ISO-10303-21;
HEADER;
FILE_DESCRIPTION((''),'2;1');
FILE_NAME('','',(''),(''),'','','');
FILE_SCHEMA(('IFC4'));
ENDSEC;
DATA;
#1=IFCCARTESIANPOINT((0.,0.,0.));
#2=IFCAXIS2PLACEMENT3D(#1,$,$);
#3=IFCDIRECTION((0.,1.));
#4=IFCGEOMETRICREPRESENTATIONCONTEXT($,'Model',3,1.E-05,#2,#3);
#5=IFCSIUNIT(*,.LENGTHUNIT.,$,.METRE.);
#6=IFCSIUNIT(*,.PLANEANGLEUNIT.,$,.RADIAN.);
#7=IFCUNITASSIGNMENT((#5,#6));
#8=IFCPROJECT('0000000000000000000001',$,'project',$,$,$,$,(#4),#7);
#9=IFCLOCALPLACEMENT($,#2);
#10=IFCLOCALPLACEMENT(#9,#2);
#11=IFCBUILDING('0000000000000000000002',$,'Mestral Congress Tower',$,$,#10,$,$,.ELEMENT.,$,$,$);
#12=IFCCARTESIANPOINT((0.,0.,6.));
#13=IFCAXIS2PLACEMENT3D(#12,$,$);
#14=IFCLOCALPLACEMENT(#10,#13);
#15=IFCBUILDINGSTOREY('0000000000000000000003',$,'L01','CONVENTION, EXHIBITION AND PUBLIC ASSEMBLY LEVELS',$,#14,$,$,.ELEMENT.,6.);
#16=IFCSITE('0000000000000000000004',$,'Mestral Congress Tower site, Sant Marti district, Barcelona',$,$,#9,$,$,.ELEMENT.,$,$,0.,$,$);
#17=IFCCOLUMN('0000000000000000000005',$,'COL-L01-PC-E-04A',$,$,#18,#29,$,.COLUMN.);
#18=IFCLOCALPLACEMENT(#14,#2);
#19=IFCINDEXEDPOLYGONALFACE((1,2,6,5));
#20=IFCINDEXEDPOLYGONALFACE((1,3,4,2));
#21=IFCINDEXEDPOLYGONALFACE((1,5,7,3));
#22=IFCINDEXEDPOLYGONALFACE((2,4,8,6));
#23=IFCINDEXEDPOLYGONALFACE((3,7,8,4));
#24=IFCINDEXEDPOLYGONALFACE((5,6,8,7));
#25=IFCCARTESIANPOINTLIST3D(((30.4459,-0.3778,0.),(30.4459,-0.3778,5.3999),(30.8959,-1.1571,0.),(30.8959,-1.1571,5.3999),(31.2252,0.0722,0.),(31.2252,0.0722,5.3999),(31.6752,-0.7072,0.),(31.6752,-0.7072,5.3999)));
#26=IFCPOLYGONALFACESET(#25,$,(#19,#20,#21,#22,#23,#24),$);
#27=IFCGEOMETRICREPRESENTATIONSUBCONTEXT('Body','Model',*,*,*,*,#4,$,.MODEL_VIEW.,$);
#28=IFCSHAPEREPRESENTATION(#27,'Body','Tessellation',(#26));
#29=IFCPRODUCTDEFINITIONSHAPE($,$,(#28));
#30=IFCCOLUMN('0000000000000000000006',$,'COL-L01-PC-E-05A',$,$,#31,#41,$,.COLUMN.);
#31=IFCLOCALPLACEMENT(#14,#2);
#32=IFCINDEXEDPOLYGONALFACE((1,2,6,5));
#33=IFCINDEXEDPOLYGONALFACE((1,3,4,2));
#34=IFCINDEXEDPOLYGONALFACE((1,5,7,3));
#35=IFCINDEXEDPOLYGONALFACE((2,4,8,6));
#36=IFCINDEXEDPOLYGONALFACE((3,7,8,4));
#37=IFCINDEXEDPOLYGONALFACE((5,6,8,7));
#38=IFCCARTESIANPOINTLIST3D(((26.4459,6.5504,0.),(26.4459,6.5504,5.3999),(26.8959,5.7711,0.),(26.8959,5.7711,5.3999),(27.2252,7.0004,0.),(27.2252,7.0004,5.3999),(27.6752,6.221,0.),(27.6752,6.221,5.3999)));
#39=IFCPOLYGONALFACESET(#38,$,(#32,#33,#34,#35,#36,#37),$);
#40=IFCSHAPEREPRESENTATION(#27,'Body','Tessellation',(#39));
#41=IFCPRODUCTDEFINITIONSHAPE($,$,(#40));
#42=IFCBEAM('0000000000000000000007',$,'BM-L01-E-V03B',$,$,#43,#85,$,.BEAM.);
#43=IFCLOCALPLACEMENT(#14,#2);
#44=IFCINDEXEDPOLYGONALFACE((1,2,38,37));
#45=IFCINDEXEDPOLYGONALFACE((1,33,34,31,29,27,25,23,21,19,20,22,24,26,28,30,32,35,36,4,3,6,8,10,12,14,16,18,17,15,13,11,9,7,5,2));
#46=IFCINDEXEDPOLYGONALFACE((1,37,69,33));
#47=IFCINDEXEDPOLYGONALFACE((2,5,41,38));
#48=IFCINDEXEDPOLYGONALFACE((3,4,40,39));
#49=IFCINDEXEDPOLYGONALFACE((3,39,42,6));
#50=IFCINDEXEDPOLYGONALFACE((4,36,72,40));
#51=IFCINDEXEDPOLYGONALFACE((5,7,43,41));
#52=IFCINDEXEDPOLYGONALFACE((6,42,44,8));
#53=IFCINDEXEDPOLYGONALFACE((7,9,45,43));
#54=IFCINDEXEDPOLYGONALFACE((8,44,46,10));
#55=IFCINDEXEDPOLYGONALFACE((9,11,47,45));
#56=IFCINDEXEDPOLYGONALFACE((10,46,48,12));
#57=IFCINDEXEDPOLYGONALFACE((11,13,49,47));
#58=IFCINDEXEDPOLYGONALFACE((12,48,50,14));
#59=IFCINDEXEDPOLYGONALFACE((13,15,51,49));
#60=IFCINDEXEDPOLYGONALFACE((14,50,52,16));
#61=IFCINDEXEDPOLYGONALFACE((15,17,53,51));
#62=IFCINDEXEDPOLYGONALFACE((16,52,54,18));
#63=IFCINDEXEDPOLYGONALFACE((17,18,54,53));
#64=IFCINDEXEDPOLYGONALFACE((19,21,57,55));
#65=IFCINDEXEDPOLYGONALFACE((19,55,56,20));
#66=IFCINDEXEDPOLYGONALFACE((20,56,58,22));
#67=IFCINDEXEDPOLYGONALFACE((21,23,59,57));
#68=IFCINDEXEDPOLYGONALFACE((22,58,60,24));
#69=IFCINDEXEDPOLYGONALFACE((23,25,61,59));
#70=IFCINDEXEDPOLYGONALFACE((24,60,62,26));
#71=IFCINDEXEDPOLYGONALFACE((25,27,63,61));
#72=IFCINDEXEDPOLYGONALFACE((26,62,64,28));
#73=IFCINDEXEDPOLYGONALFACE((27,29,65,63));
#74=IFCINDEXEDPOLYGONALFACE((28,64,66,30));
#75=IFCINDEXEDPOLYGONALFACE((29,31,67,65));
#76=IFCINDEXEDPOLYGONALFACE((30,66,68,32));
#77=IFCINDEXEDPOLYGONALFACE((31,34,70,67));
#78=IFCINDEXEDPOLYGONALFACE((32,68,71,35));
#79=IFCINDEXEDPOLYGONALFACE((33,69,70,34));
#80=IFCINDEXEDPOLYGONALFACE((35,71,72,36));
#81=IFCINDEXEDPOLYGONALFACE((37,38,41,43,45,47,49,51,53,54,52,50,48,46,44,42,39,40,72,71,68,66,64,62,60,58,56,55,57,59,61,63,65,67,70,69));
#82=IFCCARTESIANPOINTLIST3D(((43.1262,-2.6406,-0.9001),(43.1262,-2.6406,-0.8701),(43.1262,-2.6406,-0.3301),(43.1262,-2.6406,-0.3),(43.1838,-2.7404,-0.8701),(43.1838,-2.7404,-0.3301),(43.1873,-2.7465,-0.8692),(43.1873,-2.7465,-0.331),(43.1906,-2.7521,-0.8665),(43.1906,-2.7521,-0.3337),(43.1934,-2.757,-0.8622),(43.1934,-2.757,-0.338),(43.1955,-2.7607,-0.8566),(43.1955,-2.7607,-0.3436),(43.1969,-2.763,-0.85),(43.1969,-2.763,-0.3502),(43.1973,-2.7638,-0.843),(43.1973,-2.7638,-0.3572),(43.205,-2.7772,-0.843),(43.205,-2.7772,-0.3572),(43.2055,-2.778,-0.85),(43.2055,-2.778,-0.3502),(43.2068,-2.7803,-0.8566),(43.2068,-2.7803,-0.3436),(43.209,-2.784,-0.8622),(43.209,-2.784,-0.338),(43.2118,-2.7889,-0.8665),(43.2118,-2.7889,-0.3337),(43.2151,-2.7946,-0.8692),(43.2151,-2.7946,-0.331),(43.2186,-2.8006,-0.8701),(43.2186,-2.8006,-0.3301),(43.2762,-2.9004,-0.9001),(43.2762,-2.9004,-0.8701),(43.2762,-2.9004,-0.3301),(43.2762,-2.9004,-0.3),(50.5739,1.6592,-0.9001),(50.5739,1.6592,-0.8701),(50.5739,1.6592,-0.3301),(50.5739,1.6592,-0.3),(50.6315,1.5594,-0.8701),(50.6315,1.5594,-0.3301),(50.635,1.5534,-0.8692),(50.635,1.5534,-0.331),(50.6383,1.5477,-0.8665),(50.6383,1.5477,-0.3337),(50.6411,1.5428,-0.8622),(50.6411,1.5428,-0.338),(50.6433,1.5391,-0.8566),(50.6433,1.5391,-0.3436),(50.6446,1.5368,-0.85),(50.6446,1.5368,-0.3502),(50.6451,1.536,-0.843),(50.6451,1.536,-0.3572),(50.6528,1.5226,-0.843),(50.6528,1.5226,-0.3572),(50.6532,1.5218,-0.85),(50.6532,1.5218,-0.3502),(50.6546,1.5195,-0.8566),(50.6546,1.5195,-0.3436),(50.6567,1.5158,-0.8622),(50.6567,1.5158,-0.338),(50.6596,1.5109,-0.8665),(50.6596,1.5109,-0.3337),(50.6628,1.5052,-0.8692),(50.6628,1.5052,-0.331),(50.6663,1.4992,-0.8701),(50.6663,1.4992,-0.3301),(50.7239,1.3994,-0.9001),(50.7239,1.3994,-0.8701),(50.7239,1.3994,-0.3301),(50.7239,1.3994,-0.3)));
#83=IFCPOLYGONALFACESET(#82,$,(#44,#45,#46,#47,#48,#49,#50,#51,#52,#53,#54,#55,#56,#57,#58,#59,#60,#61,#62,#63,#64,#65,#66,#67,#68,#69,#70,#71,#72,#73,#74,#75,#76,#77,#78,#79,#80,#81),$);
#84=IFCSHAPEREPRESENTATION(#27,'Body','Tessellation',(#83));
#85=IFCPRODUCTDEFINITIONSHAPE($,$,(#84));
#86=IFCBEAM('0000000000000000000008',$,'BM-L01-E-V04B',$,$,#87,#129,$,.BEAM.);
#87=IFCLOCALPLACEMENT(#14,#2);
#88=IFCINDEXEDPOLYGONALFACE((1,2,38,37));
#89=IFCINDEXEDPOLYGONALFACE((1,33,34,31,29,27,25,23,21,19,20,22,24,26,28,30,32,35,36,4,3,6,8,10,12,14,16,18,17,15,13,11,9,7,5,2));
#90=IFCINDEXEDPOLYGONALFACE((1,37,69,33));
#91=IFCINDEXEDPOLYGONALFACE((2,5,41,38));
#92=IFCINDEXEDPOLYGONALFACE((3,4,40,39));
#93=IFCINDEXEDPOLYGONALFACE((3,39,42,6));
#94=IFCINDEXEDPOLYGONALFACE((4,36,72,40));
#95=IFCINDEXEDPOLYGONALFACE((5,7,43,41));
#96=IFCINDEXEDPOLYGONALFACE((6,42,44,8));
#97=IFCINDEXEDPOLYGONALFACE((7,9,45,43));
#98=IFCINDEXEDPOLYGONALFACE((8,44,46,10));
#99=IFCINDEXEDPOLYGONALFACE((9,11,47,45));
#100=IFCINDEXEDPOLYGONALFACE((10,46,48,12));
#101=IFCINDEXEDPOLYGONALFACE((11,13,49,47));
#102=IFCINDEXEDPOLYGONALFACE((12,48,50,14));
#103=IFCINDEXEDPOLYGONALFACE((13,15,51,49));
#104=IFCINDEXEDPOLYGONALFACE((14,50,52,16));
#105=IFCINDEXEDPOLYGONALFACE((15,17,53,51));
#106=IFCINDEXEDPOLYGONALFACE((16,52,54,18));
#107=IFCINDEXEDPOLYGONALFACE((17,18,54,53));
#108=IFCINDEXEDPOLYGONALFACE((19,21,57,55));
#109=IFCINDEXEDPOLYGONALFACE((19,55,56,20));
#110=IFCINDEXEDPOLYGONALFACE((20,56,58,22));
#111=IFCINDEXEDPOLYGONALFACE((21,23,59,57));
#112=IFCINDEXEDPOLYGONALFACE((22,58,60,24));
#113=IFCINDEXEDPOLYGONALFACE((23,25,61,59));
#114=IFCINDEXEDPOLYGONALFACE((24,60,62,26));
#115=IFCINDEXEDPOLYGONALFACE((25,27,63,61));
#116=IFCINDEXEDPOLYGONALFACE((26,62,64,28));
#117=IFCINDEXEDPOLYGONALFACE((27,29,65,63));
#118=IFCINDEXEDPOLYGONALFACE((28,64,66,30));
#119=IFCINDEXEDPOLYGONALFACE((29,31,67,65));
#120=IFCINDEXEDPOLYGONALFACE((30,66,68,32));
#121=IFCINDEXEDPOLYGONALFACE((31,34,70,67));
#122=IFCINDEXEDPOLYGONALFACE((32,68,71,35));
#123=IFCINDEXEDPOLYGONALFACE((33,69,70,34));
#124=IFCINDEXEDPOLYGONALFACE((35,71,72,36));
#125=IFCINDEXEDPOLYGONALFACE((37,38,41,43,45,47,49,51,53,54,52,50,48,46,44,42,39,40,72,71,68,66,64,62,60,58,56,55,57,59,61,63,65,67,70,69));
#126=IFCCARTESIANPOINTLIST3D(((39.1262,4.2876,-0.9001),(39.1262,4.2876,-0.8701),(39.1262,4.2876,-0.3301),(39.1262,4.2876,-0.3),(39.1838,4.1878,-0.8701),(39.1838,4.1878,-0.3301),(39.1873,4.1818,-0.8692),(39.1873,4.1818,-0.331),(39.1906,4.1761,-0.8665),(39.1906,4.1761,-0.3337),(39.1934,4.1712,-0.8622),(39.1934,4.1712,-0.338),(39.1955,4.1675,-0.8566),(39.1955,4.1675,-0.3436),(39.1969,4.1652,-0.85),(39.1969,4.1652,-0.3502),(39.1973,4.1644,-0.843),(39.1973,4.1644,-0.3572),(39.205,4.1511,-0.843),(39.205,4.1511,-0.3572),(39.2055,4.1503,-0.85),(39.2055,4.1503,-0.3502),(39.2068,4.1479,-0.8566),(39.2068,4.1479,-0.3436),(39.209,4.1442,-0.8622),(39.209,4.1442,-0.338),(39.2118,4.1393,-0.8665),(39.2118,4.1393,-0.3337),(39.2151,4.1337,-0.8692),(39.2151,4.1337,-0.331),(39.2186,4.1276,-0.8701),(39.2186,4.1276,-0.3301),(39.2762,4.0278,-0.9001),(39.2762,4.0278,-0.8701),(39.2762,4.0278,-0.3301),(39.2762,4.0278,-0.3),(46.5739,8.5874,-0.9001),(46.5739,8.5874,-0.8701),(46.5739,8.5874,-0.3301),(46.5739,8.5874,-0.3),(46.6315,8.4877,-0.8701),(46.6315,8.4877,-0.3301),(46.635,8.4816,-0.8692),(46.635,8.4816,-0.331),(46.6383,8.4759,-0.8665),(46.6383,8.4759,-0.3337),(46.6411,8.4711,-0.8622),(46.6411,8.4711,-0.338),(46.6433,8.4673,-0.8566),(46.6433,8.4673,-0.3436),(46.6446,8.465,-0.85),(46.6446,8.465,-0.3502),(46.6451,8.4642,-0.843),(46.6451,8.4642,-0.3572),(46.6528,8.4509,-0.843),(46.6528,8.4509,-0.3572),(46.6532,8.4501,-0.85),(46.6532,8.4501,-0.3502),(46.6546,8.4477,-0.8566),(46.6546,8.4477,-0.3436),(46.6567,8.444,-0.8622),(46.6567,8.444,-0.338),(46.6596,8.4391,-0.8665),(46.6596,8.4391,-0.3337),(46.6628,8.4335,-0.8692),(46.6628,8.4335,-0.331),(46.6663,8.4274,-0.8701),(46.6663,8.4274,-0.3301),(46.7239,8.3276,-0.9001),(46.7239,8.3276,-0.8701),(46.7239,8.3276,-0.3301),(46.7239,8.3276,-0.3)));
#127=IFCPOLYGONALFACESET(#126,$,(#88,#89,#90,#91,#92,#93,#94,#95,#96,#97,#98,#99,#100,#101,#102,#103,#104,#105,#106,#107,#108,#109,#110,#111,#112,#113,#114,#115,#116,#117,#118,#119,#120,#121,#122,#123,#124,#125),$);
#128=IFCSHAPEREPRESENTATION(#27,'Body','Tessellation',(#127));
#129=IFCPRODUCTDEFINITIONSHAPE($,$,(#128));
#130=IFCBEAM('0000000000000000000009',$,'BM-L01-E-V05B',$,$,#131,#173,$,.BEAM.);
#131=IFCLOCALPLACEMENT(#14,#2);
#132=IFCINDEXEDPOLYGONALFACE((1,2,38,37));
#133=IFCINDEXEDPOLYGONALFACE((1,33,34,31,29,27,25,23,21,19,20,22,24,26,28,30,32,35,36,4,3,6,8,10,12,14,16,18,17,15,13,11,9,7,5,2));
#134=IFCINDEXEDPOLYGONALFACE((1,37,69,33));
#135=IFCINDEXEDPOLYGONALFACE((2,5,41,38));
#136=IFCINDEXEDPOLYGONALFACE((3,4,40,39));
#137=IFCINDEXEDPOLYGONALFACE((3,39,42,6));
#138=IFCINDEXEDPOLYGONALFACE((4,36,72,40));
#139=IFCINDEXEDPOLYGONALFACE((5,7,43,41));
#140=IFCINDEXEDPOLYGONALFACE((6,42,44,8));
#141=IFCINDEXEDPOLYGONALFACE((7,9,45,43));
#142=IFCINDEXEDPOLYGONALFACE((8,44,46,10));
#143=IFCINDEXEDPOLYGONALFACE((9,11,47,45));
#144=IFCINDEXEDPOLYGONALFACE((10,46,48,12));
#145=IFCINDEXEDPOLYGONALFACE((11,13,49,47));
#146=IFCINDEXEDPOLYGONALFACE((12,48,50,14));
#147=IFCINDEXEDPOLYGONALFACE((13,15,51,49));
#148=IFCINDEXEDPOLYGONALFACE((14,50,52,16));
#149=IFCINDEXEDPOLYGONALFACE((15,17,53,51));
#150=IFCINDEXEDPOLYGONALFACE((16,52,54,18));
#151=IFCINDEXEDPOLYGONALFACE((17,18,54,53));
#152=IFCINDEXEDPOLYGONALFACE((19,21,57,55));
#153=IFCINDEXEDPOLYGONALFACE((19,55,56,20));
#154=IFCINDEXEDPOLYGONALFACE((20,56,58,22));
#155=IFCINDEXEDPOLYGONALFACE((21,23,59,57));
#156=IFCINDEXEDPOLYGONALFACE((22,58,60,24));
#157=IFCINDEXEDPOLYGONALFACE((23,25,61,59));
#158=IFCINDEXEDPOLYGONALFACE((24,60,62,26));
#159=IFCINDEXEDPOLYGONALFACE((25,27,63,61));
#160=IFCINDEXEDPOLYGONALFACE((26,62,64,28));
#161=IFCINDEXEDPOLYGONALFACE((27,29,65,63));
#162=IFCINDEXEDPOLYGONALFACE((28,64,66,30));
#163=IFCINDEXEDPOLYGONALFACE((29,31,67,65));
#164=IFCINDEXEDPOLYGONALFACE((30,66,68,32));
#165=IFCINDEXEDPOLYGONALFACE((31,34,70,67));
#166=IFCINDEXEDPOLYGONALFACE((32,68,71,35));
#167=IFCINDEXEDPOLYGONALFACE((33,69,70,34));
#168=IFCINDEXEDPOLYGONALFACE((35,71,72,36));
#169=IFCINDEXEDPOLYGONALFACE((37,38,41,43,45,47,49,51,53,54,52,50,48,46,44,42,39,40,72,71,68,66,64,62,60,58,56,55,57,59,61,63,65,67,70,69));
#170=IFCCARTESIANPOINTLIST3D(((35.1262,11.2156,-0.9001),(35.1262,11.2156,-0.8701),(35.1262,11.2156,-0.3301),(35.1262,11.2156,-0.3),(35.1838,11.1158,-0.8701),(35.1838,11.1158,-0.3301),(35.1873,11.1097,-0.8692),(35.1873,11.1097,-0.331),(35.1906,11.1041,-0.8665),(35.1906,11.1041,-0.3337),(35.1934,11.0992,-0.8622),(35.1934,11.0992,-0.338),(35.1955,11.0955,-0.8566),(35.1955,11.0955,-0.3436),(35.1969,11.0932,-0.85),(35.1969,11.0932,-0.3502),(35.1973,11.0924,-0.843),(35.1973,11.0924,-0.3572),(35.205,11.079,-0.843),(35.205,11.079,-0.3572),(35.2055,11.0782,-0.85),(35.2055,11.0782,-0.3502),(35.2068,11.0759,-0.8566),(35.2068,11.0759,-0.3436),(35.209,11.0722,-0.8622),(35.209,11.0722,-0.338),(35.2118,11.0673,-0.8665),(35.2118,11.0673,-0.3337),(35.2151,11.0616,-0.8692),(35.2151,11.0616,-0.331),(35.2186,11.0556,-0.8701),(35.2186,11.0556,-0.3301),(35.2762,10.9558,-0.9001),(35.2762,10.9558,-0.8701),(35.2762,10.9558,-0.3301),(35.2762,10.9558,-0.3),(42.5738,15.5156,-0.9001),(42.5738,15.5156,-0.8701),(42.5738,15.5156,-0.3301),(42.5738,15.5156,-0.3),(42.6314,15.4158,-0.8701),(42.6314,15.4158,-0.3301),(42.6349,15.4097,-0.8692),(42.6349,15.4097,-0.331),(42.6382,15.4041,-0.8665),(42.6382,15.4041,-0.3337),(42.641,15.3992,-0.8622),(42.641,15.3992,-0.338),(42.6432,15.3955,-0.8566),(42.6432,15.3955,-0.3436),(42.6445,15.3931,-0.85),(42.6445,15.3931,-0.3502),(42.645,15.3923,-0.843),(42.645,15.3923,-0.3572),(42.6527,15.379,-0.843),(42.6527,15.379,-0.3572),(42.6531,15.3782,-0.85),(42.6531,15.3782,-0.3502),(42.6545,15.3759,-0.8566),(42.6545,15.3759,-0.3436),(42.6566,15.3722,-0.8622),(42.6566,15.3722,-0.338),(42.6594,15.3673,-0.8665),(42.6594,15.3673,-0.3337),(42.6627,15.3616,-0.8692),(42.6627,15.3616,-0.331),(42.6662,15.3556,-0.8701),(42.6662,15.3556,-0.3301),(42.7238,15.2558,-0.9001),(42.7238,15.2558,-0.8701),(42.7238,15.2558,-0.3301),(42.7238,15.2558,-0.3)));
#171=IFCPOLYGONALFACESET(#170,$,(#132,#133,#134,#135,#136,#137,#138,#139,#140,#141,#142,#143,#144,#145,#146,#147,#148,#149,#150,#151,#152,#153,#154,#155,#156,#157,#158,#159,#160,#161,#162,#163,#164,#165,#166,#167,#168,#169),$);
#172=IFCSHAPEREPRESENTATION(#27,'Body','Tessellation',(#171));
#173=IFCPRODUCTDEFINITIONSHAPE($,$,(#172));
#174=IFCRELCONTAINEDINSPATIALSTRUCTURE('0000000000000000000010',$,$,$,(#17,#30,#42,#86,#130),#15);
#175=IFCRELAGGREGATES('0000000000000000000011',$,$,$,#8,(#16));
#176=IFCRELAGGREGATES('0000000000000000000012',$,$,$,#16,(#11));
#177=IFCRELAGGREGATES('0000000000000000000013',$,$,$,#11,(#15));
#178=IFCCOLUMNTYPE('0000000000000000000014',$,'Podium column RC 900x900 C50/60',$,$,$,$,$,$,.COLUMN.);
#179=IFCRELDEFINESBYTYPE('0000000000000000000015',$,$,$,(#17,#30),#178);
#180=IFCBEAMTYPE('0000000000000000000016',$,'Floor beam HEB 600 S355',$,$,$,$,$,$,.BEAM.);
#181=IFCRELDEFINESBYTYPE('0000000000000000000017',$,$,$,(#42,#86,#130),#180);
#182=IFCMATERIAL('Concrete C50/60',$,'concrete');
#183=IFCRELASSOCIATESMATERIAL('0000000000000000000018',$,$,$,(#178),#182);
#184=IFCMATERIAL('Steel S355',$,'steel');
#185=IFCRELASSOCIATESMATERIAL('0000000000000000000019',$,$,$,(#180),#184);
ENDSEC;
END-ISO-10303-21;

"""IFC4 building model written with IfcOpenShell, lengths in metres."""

from ifc_helpers import new_model, si_unit, direction, frame, origin, origin_2d, place, context, subcontext, project, spatial, rectangle, i_section, extrude, material, material_profile, profile_set, type_object, element, save


model = new_model("IFC4")

# Units and contexts
model_context = context("Model", 3, precision=1e-05, world=origin(), true_north=direction((0.0, 1.0)))
body_context = subcontext(model_context, "Body", "Model", "MODEL_VIEW")
ifc_project = project(units=[si_unit("LENGTHUNIT", "METRE"), si_unit("PLANEANGLEUNIT", "RADIAN")], contexts=[model_context])

# Site, building, storey
site_placement = place(None, origin())
site = spatial("IfcSite", under=ifc_project, at=site_placement, Name="Mestral Congress Tower site, Sant Marti district, Barcelona", CompositionType="ELEMENT", RefElevation=0.0)
building_placement = place(site_placement, origin())
building = spatial("IfcBuilding", under=site, at=building_placement, Name="Mestral Congress Tower", CompositionType="ELEMENT")
storey_placement = place(building_placement, frame((0.0, 0.0, 6.0)))
storey = spatial("IfcBuildingStorey", under=building, at=storey_placement, Name="L01", Description="CONVENTION, EXHIBITION AND PUBLIC ASSEMBLY LEVELS", CompositionType="ELEMENT", Elevation=6.0)

# Columns
ifc_material_1 = material(Name="Concrete C50/60", Category="concrete")
ifc_material_profile_1 = material_profile(ifc_material_1, rectangle(XDim=0.8999, YDim=0.8999, at=origin_2d()), Name="RC 900x900")
ifc_profile_set_1 = profile_set([ifc_material_profile_1], Name="Concrete C50/60")
column_type = type_object("IfcColumnType", Name="Podium column RC 900x900 C50/60", PredefinedType="COLUMN", material=ifc_profile_set_1)
for number, where, z_axis, x_axis, name in (
    (1, (31.0605, -0.5425, 0.0), (0.0, 0.0, 1.0), (-0.5, 0.866025, 0.0), "COL-L01-PC-E-04A"),
    (2, (27.0605, 6.3857, 0.0), (0.0, 0.0, 1.0), (-0.5, 0.866025, 0.0), "COL-L01-PC-E-05A"),
):
    element("IfcColumn", number, at=place(storey_placement, frame(where, z_axis=z_axis, x_axis=x_axis)), inside=storey, type_object=column_type, Name=name, PredefinedType="COLUMN", context=body_context, shape_type="SweptSolid", body=[
        extrude(rectangle(XDim=0.8999, YDim=0.8999, at=origin_2d()), origin(), (0.0, 0.0, 1.0), 5.3999),
    ])

# Beams
ifc_material_2 = material(Name="Steel S355", Category="steel")
ifc_material_profile_2 = material_profile(ifc_material_2, i_section(OverallWidth=0.3, OverallDepth=0.6001, WebThickness=0.0154, FlangeThickness=0.03, FilletRadius=0.0271, at=origin_2d()), Name="HEB 600")
ifc_profile_set_2 = profile_set([ifc_material_profile_2], Name="Steel S355")
beam_type_1 = type_object("IfcBeamType", Name="Floor beam HEB 600 S355", PredefinedType="BEAM", material=ifc_profile_set_2)
for number, where, z_axis, x_axis, name in (
    (3, (43.2012, -2.7705, -0.6001), (0.866033, 0.499986, 0.0), (-0.499986, 0.866033, 0.0), "BM-L01-E-V03B"),
    (4, (39.2012, 4.1577, -0.6001), (0.866033, 0.499986, 0.0), (-0.499986, 0.866033, 0.0), "BM-L01-E-V04B"),
    (5, (35.2012, 11.0857, -0.6001), (0.866021, 0.500008, 0.0), (-0.500008, 0.866021, 0.0), "BM-L01-E-V05B"),
):
    element("IfcBeam", number, at=place(storey_placement, frame(where, z_axis=z_axis, x_axis=x_axis)), inside=storey, type_object=beam_type_1, Name=name, PredefinedType="BEAM", context=body_context, shape_type="SweptSolid", body=[
        extrude(i_section(OverallWidth=0.3, OverallDepth=0.6001, WebThickness=0.0154, FlangeThickness=0.03, FilletRadius=0.0271, at=origin_2d()), origin(), (0.0, 0.0, 1.0), 8.5999),
    ])

save(model, "model.ifc")
